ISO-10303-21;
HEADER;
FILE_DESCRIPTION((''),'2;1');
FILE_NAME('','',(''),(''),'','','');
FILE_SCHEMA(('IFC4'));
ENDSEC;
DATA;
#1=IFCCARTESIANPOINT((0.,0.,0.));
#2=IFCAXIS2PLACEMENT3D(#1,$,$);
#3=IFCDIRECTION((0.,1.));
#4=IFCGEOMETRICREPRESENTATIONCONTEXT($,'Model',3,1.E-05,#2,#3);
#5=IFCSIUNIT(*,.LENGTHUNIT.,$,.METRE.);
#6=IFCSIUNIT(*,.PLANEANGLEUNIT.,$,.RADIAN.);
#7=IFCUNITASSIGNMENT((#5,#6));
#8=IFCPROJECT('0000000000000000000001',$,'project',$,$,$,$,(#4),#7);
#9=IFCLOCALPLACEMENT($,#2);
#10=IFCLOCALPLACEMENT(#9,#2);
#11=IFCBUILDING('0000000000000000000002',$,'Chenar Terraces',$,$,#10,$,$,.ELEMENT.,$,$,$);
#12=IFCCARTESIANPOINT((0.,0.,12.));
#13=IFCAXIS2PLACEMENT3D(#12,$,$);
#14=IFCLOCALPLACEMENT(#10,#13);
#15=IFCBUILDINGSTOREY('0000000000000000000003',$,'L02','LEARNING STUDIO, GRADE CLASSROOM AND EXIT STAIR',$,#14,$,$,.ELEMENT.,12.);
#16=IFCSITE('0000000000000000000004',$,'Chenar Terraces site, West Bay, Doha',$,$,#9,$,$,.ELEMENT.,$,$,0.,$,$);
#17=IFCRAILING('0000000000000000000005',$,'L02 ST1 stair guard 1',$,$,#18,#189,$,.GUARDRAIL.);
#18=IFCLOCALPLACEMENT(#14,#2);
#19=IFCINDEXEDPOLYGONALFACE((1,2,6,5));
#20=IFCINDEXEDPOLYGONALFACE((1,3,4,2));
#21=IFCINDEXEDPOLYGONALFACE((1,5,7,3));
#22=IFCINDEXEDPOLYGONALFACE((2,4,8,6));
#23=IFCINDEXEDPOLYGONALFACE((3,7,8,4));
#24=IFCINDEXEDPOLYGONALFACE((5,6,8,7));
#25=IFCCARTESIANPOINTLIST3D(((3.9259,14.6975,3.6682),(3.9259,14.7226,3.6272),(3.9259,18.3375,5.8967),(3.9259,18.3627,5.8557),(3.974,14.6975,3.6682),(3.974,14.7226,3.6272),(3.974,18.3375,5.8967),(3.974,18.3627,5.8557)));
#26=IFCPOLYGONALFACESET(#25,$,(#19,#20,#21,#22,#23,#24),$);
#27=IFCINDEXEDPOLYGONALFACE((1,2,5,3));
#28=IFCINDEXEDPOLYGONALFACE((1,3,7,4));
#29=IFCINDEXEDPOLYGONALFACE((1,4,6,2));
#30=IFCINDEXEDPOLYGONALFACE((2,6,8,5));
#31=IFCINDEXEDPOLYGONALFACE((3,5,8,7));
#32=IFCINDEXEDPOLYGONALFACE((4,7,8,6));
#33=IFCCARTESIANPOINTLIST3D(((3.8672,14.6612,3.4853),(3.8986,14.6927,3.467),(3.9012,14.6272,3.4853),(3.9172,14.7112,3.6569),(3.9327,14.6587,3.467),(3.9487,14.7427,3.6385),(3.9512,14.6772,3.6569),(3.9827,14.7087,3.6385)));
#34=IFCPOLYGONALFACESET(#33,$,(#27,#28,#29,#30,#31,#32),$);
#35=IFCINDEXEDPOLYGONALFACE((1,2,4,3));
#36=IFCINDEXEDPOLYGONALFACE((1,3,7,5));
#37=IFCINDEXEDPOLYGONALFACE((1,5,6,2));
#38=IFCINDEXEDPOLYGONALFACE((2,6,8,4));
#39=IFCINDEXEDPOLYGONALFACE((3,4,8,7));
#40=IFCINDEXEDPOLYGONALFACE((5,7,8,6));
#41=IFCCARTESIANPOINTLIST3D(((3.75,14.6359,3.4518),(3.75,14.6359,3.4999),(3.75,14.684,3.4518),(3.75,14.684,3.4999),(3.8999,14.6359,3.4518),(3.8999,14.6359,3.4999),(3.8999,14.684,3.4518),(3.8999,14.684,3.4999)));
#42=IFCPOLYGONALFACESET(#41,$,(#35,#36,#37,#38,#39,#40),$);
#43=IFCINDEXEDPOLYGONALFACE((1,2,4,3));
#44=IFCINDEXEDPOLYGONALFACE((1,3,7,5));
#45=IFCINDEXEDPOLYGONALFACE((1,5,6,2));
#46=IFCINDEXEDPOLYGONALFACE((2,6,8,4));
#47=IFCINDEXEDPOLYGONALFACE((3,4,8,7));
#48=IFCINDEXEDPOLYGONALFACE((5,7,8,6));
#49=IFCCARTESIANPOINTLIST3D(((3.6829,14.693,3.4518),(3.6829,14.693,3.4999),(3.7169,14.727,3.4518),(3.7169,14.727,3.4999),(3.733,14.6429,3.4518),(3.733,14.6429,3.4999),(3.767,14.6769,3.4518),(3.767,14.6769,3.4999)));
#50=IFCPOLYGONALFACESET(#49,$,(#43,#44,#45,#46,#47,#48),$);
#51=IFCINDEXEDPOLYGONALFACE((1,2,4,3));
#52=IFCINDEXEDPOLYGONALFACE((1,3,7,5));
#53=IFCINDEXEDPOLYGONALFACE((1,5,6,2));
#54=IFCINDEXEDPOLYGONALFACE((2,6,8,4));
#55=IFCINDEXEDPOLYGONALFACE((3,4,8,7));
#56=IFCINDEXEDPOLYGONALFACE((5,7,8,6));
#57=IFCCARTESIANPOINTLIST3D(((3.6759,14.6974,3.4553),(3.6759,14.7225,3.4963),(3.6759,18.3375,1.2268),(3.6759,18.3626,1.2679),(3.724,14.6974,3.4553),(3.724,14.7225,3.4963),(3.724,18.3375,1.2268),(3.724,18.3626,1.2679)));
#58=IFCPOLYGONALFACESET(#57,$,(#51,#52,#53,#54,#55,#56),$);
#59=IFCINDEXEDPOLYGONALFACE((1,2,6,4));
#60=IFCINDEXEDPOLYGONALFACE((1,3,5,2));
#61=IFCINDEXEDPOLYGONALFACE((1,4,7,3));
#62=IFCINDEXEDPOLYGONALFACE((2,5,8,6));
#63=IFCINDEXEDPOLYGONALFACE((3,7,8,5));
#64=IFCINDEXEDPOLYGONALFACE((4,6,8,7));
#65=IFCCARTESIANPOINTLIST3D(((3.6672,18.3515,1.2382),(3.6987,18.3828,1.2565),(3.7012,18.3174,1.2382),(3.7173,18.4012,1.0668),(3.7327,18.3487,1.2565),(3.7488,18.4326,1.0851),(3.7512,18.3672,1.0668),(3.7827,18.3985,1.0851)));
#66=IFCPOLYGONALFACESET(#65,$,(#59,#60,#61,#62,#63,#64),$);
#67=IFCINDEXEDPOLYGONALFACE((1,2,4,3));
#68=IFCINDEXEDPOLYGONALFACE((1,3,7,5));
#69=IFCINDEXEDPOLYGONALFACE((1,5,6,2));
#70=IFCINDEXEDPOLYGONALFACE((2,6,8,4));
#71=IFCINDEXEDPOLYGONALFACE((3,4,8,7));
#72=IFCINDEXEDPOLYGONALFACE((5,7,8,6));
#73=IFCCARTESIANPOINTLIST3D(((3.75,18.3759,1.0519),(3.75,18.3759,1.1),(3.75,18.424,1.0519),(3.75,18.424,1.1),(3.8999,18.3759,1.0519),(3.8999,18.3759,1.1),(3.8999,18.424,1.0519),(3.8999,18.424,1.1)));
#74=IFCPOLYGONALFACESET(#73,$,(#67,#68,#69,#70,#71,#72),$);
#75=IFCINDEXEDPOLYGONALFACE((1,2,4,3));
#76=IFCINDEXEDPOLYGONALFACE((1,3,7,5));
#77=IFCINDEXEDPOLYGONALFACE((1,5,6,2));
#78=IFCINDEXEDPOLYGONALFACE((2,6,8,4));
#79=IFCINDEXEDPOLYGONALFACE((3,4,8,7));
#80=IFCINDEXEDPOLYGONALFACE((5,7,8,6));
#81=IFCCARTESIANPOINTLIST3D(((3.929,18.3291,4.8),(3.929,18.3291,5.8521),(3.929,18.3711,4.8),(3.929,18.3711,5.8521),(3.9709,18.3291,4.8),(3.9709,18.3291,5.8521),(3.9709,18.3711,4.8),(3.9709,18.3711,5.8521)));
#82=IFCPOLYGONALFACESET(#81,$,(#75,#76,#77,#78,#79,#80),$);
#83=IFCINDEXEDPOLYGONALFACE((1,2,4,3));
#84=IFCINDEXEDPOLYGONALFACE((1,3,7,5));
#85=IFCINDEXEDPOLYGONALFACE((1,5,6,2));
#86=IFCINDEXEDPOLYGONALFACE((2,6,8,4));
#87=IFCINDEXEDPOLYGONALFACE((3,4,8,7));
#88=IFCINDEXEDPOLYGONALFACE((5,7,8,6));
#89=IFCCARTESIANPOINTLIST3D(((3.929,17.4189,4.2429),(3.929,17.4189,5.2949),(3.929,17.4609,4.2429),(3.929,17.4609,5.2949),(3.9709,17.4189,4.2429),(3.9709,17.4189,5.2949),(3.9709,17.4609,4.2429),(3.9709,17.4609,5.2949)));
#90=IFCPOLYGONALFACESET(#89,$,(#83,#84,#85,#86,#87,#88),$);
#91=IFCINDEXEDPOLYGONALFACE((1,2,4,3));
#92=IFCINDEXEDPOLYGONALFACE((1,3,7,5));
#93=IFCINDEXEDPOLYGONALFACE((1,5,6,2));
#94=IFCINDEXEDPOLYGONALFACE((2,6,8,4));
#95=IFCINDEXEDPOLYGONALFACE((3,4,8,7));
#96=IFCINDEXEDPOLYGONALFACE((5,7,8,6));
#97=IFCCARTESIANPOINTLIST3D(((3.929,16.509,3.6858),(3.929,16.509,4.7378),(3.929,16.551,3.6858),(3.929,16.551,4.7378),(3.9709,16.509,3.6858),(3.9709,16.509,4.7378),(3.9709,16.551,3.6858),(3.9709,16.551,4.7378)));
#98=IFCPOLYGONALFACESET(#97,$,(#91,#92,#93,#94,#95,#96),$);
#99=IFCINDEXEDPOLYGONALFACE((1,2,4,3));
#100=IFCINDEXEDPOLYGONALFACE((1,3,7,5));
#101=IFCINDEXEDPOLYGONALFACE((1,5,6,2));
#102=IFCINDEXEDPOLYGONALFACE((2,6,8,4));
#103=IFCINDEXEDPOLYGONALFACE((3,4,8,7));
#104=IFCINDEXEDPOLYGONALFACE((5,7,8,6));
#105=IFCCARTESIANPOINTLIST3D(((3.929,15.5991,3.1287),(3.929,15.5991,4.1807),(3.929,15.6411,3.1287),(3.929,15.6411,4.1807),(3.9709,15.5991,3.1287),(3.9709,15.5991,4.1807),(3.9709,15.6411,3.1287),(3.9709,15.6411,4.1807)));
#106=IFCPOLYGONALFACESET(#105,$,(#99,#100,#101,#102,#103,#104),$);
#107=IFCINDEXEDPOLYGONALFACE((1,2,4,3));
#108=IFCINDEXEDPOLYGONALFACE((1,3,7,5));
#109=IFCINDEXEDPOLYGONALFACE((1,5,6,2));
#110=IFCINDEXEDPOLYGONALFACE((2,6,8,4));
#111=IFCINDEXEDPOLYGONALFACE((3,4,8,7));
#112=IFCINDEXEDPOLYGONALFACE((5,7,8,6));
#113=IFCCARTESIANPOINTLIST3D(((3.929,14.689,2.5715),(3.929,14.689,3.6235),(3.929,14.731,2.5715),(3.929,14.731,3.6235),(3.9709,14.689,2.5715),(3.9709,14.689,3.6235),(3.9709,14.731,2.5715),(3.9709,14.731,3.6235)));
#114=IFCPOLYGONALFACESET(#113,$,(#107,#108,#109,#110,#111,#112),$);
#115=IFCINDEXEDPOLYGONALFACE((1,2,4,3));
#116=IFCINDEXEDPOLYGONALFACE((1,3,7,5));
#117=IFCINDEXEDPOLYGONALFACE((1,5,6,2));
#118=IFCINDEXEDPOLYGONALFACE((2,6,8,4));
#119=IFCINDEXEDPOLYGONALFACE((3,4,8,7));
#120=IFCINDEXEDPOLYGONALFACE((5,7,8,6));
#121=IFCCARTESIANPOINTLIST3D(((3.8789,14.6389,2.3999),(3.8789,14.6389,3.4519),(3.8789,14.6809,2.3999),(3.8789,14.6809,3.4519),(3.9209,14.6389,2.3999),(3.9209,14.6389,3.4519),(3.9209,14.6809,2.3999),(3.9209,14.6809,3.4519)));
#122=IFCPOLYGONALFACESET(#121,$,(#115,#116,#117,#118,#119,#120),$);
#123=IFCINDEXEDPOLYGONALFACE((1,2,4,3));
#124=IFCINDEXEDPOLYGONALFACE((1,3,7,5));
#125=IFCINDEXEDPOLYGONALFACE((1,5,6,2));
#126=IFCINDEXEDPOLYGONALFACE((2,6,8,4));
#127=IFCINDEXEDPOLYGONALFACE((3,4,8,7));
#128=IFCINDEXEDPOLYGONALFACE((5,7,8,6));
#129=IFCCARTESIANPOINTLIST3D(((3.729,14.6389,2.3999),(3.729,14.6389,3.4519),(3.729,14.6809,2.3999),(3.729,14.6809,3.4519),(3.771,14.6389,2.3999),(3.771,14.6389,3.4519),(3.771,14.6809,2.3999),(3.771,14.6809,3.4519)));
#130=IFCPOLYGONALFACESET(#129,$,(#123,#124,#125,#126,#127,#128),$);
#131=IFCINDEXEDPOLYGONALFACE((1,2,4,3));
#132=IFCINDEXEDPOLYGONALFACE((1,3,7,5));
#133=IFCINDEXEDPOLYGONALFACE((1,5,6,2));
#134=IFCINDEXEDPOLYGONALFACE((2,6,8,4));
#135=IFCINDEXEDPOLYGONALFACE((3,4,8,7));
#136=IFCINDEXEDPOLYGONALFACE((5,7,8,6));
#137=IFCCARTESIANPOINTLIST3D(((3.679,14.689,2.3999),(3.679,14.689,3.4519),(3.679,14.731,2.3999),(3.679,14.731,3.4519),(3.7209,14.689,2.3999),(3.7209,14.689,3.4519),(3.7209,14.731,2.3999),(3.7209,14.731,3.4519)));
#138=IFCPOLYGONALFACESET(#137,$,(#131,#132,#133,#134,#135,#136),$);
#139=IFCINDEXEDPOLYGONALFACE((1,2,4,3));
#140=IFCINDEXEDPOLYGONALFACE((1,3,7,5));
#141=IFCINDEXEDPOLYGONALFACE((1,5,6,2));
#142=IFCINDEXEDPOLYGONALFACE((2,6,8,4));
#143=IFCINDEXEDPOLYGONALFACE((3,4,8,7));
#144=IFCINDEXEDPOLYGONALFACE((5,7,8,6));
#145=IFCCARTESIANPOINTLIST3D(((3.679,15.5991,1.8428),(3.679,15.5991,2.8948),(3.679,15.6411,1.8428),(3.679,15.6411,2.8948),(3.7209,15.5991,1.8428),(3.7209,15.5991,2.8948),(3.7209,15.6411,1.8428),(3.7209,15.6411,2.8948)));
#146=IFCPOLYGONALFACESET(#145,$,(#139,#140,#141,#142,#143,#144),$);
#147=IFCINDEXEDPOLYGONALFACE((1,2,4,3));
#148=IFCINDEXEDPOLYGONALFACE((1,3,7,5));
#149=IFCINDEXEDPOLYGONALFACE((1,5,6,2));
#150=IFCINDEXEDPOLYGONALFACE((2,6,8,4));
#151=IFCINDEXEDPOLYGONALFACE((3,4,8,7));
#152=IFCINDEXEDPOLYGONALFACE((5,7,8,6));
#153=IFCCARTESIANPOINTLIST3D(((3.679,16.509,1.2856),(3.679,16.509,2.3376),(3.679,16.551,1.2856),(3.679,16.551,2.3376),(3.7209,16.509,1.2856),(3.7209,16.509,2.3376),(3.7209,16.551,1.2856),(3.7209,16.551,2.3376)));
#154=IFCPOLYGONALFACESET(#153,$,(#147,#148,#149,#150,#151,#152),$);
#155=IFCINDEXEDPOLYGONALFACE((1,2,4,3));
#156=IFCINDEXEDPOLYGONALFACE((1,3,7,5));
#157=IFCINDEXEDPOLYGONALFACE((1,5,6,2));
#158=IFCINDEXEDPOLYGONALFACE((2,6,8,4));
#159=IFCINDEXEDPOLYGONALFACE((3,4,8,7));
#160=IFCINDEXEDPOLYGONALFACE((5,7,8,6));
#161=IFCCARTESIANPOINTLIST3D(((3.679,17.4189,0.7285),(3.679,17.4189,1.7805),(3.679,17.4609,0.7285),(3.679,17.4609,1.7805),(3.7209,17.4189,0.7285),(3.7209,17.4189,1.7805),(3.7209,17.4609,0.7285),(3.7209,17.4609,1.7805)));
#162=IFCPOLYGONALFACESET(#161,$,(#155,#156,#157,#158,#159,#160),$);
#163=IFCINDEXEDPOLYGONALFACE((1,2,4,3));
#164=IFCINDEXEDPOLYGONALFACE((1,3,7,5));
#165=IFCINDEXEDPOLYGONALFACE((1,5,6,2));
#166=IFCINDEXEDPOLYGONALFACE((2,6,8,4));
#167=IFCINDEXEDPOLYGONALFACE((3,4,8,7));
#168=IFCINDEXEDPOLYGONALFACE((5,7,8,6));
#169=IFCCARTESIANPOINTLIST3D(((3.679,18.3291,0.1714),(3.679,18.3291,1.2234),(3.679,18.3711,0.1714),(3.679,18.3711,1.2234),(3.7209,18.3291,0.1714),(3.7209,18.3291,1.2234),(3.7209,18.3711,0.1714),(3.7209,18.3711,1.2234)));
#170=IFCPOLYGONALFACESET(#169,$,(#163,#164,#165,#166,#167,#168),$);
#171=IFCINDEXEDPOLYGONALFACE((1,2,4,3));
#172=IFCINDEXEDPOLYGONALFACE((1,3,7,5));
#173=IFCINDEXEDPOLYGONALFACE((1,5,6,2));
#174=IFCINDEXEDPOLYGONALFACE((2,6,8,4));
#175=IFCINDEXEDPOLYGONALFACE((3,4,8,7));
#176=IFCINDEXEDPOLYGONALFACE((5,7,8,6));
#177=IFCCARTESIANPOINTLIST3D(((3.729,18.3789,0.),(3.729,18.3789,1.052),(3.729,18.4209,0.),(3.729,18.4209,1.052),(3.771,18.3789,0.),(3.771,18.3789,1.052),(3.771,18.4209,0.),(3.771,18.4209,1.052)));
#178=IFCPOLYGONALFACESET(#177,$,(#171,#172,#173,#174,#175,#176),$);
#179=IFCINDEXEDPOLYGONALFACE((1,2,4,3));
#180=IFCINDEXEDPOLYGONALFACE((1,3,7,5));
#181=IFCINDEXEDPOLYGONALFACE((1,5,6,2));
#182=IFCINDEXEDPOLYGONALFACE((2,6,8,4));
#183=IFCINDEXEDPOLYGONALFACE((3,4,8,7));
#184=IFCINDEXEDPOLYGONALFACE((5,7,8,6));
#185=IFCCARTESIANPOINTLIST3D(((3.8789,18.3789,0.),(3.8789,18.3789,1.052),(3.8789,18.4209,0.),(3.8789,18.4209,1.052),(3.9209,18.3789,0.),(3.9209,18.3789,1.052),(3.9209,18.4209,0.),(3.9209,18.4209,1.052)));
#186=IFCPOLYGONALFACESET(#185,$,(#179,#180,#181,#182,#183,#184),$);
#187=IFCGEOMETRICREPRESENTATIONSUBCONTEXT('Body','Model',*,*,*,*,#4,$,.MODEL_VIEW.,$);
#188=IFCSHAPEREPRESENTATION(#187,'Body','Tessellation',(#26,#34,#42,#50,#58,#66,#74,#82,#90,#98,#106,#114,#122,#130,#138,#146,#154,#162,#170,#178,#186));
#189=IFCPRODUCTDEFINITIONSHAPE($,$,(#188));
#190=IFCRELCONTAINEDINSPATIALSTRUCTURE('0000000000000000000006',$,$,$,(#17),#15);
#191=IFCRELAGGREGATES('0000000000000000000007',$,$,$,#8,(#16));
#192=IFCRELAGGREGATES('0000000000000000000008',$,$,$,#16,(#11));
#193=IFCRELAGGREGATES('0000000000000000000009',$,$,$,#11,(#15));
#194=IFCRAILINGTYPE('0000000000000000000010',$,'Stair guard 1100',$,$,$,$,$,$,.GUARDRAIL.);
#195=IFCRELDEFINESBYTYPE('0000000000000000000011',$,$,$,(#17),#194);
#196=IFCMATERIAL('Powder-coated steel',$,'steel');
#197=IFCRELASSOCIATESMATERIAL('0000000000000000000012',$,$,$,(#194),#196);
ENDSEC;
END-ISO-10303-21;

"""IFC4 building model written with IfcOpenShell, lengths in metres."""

from ifc_helpers import new_model, si_unit, direction, frame, origin, origin_2d, place, context, subcontext, project, spatial, rectangle, extrude, material, type_object, element, save


model = new_model("IFC4")

# Units and contexts
model_context = context("Model", 3, precision=1e-05, world=origin(), true_north=direction((0.0, 1.0)))
body_context = subcontext(model_context, "Body", "Model", "MODEL_VIEW")
ifc_project = project(units=[si_unit("LENGTHUNIT", "METRE"), si_unit("PLANEANGLEUNIT", "RADIAN")], contexts=[model_context])

# Site, building, storey
site_placement = place(None, origin())
site = spatial("IfcSite", under=ifc_project, at=site_placement, Name="Chenar Terraces site, West Bay, Doha", CompositionType="ELEMENT", RefElevation=0.0)
building_placement = place(site_placement, origin())
building = spatial("IfcBuilding", under=site, at=building_placement, Name="Chenar Terraces", CompositionType="ELEMENT")
storey_placement = place(building_placement, frame((0.0, 0.0, 12.0)))
storey = spatial("IfcBuildingStorey", under=building, at=storey_placement, Name="L02", Description="LEARNING STUDIO, GRADE CLASSROOM AND EXIT STAIR", CompositionType="ELEMENT", Elevation=12.0)

# Railing
ifc_material_1 = material(Name="Powder-coated steel", Category="steel")
railing_type_1 = type_object("IfcRailingType", Name="Stair guard 1100", PredefinedType="GUARDRAIL", material=ifc_material_1)
railing_1_placement = place(storey_placement, frame((3.95, 18.3501, 4.8)))
element("IfcRailing", 1, at=railing_1_placement, inside=storey, type_object=railing_type_1, Name="L02 ST1 stair guard 1", PredefinedType="GUARDRAIL", context=body_context, shape_type="SweptSolid", body=[
    extrude(rectangle(XDim=0.0481, YDim=0.0481, at=origin_2d()), frame((0.0, 0.0, 1.0762), z_axis=(0.0, -0.852866, -0.52213), x_axis=(1.0, 0.0, 0.0)), (0.0, 0.0, 1.0), 4.2681),
    extrude(rectangle(XDim=0.0481, YDim=0.0481, at=origin_2d()), frame((0.0, -3.6401, -1.1523), z_axis=(-0.269583, -0.269583, -0.924473), x_axis=(0.707107, -0.707107, 0.0)), (0.0, 0.0, 1.0), 0.1855),
    extrude(rectangle(XDim=0.0481, YDim=0.0481, at=origin_2d()), frame((-0.05, -3.6902, -1.3242), z_axis=(-1.0, 0.0, 0.0), x_axis=(0.0, -1.0, 0.0)), (0.0, 0.0, 1.0), 0.1499),
    extrude(rectangle(XDim=0.0481, YDim=0.0481, at=origin_2d()), frame((-0.2, -3.6902, -1.3242), z_axis=(-0.707107, 0.707107, 0.0), x_axis=(-0.707107, -0.707107, 0.0)), (0.0, 0.0, 1.0), 0.0708),
    extrude(rectangle(XDim=0.0481, YDim=0.0481, at=origin_2d()), frame((-0.25, -3.6401, -1.3242), z_axis=(0.0, 0.852866, -0.52213), x_axis=(-1.0, 0.0, 0.0)), (0.0, 0.0, 1.0), 4.2681),
    extrude(rectangle(XDim=0.0481, YDim=0.0481, at=origin_2d()), frame((-0.25, 0.0, -3.5527), z_axis=(0.270007, 0.26869, -0.924609), x_axis=(-0.705376, 0.708834, 0.0)), (0.0, 0.0, 1.0), 0.1853),
    extrude(rectangle(XDim=0.0481, YDim=0.0481, at=origin_2d()), frame((-0.2, 0.0498, -3.7241), z_axis=(1.0, 0.0, 0.0), x_axis=(0.0, 1.0, 0.0)), (0.0, 0.0, 1.0), 0.1499),
    extrude(rectangle(XDim=0.042, YDim=0.042, at=origin_2d()), origin(), (0.0, 0.0, 1.0), 1.052),
    extrude(rectangle(XDim=0.042, YDim=0.042, at=origin_2d()), frame((0.0, -0.9102, -0.5571)), (0.0, 0.0, 1.0), 1.052),
    extrude(rectangle(XDim=0.042, YDim=0.042, at=origin_2d()), frame((0.0, -1.8201, -1.1143)), (0.0, 0.0, 1.0), 1.052),
    extrude(rectangle(XDim=0.042, YDim=0.042, at=origin_2d()), frame((0.0, -2.73, -1.6714)), (0.0, 0.0, 1.0), 1.052),
    extrude(rectangle(XDim=0.042, YDim=0.042, at=origin_2d()), frame((0.0, -3.6401, -2.2285)), (0.0, 0.0, 1.0), 1.052),
    extrude(rectangle(XDim=0.042, YDim=0.042, at=origin_2d()), frame((-0.05, -3.6902, -2.4001)), (0.0, 0.0, 1.0), 1.052),
    extrude(rectangle(XDim=0.042, YDim=0.042, at=origin_2d()), frame((-0.2, -3.6902, -2.4001)), (0.0, 0.0, 1.0), 1.052),
    extrude(rectangle(XDim=0.042, YDim=0.042, at=origin_2d()), frame((-0.25, -3.6401, -2.4001)), (0.0, 0.0, 1.0), 1.052),
    extrude(rectangle(XDim=0.042, YDim=0.042, at=origin_2d()), frame((-0.25, -2.73, -2.9573)), (0.0, 0.0, 1.0), 1.052),
    extrude(rectangle(XDim=0.042, YDim=0.042, at=origin_2d()), frame((-0.25, -1.8201, -3.5144)), (0.0, 0.0, 1.0), 1.052),
    extrude(rectangle(XDim=0.042, YDim=0.042, at=origin_2d()), frame((-0.25, -0.9102, -4.0715)), (0.0, 0.0, 1.0), 1.052),
    extrude(rectangle(XDim=0.042, YDim=0.042, at=origin_2d()), frame((-0.25, 0.0, -4.6287)), (0.0, 0.0, 1.0), 1.052),
    extrude(rectangle(XDim=0.042, YDim=0.042, at=origin_2d()), frame((-0.2, 0.0498, -4.8)), (0.0, 0.0, 1.0), 1.052),
    extrude(rectangle(XDim=0.042, YDim=0.042, at=origin_2d()), frame((-0.05, 0.0498, -4.8)), (0.0, 0.0, 1.0), 1.052),
])

save(model, "model.ifc")
